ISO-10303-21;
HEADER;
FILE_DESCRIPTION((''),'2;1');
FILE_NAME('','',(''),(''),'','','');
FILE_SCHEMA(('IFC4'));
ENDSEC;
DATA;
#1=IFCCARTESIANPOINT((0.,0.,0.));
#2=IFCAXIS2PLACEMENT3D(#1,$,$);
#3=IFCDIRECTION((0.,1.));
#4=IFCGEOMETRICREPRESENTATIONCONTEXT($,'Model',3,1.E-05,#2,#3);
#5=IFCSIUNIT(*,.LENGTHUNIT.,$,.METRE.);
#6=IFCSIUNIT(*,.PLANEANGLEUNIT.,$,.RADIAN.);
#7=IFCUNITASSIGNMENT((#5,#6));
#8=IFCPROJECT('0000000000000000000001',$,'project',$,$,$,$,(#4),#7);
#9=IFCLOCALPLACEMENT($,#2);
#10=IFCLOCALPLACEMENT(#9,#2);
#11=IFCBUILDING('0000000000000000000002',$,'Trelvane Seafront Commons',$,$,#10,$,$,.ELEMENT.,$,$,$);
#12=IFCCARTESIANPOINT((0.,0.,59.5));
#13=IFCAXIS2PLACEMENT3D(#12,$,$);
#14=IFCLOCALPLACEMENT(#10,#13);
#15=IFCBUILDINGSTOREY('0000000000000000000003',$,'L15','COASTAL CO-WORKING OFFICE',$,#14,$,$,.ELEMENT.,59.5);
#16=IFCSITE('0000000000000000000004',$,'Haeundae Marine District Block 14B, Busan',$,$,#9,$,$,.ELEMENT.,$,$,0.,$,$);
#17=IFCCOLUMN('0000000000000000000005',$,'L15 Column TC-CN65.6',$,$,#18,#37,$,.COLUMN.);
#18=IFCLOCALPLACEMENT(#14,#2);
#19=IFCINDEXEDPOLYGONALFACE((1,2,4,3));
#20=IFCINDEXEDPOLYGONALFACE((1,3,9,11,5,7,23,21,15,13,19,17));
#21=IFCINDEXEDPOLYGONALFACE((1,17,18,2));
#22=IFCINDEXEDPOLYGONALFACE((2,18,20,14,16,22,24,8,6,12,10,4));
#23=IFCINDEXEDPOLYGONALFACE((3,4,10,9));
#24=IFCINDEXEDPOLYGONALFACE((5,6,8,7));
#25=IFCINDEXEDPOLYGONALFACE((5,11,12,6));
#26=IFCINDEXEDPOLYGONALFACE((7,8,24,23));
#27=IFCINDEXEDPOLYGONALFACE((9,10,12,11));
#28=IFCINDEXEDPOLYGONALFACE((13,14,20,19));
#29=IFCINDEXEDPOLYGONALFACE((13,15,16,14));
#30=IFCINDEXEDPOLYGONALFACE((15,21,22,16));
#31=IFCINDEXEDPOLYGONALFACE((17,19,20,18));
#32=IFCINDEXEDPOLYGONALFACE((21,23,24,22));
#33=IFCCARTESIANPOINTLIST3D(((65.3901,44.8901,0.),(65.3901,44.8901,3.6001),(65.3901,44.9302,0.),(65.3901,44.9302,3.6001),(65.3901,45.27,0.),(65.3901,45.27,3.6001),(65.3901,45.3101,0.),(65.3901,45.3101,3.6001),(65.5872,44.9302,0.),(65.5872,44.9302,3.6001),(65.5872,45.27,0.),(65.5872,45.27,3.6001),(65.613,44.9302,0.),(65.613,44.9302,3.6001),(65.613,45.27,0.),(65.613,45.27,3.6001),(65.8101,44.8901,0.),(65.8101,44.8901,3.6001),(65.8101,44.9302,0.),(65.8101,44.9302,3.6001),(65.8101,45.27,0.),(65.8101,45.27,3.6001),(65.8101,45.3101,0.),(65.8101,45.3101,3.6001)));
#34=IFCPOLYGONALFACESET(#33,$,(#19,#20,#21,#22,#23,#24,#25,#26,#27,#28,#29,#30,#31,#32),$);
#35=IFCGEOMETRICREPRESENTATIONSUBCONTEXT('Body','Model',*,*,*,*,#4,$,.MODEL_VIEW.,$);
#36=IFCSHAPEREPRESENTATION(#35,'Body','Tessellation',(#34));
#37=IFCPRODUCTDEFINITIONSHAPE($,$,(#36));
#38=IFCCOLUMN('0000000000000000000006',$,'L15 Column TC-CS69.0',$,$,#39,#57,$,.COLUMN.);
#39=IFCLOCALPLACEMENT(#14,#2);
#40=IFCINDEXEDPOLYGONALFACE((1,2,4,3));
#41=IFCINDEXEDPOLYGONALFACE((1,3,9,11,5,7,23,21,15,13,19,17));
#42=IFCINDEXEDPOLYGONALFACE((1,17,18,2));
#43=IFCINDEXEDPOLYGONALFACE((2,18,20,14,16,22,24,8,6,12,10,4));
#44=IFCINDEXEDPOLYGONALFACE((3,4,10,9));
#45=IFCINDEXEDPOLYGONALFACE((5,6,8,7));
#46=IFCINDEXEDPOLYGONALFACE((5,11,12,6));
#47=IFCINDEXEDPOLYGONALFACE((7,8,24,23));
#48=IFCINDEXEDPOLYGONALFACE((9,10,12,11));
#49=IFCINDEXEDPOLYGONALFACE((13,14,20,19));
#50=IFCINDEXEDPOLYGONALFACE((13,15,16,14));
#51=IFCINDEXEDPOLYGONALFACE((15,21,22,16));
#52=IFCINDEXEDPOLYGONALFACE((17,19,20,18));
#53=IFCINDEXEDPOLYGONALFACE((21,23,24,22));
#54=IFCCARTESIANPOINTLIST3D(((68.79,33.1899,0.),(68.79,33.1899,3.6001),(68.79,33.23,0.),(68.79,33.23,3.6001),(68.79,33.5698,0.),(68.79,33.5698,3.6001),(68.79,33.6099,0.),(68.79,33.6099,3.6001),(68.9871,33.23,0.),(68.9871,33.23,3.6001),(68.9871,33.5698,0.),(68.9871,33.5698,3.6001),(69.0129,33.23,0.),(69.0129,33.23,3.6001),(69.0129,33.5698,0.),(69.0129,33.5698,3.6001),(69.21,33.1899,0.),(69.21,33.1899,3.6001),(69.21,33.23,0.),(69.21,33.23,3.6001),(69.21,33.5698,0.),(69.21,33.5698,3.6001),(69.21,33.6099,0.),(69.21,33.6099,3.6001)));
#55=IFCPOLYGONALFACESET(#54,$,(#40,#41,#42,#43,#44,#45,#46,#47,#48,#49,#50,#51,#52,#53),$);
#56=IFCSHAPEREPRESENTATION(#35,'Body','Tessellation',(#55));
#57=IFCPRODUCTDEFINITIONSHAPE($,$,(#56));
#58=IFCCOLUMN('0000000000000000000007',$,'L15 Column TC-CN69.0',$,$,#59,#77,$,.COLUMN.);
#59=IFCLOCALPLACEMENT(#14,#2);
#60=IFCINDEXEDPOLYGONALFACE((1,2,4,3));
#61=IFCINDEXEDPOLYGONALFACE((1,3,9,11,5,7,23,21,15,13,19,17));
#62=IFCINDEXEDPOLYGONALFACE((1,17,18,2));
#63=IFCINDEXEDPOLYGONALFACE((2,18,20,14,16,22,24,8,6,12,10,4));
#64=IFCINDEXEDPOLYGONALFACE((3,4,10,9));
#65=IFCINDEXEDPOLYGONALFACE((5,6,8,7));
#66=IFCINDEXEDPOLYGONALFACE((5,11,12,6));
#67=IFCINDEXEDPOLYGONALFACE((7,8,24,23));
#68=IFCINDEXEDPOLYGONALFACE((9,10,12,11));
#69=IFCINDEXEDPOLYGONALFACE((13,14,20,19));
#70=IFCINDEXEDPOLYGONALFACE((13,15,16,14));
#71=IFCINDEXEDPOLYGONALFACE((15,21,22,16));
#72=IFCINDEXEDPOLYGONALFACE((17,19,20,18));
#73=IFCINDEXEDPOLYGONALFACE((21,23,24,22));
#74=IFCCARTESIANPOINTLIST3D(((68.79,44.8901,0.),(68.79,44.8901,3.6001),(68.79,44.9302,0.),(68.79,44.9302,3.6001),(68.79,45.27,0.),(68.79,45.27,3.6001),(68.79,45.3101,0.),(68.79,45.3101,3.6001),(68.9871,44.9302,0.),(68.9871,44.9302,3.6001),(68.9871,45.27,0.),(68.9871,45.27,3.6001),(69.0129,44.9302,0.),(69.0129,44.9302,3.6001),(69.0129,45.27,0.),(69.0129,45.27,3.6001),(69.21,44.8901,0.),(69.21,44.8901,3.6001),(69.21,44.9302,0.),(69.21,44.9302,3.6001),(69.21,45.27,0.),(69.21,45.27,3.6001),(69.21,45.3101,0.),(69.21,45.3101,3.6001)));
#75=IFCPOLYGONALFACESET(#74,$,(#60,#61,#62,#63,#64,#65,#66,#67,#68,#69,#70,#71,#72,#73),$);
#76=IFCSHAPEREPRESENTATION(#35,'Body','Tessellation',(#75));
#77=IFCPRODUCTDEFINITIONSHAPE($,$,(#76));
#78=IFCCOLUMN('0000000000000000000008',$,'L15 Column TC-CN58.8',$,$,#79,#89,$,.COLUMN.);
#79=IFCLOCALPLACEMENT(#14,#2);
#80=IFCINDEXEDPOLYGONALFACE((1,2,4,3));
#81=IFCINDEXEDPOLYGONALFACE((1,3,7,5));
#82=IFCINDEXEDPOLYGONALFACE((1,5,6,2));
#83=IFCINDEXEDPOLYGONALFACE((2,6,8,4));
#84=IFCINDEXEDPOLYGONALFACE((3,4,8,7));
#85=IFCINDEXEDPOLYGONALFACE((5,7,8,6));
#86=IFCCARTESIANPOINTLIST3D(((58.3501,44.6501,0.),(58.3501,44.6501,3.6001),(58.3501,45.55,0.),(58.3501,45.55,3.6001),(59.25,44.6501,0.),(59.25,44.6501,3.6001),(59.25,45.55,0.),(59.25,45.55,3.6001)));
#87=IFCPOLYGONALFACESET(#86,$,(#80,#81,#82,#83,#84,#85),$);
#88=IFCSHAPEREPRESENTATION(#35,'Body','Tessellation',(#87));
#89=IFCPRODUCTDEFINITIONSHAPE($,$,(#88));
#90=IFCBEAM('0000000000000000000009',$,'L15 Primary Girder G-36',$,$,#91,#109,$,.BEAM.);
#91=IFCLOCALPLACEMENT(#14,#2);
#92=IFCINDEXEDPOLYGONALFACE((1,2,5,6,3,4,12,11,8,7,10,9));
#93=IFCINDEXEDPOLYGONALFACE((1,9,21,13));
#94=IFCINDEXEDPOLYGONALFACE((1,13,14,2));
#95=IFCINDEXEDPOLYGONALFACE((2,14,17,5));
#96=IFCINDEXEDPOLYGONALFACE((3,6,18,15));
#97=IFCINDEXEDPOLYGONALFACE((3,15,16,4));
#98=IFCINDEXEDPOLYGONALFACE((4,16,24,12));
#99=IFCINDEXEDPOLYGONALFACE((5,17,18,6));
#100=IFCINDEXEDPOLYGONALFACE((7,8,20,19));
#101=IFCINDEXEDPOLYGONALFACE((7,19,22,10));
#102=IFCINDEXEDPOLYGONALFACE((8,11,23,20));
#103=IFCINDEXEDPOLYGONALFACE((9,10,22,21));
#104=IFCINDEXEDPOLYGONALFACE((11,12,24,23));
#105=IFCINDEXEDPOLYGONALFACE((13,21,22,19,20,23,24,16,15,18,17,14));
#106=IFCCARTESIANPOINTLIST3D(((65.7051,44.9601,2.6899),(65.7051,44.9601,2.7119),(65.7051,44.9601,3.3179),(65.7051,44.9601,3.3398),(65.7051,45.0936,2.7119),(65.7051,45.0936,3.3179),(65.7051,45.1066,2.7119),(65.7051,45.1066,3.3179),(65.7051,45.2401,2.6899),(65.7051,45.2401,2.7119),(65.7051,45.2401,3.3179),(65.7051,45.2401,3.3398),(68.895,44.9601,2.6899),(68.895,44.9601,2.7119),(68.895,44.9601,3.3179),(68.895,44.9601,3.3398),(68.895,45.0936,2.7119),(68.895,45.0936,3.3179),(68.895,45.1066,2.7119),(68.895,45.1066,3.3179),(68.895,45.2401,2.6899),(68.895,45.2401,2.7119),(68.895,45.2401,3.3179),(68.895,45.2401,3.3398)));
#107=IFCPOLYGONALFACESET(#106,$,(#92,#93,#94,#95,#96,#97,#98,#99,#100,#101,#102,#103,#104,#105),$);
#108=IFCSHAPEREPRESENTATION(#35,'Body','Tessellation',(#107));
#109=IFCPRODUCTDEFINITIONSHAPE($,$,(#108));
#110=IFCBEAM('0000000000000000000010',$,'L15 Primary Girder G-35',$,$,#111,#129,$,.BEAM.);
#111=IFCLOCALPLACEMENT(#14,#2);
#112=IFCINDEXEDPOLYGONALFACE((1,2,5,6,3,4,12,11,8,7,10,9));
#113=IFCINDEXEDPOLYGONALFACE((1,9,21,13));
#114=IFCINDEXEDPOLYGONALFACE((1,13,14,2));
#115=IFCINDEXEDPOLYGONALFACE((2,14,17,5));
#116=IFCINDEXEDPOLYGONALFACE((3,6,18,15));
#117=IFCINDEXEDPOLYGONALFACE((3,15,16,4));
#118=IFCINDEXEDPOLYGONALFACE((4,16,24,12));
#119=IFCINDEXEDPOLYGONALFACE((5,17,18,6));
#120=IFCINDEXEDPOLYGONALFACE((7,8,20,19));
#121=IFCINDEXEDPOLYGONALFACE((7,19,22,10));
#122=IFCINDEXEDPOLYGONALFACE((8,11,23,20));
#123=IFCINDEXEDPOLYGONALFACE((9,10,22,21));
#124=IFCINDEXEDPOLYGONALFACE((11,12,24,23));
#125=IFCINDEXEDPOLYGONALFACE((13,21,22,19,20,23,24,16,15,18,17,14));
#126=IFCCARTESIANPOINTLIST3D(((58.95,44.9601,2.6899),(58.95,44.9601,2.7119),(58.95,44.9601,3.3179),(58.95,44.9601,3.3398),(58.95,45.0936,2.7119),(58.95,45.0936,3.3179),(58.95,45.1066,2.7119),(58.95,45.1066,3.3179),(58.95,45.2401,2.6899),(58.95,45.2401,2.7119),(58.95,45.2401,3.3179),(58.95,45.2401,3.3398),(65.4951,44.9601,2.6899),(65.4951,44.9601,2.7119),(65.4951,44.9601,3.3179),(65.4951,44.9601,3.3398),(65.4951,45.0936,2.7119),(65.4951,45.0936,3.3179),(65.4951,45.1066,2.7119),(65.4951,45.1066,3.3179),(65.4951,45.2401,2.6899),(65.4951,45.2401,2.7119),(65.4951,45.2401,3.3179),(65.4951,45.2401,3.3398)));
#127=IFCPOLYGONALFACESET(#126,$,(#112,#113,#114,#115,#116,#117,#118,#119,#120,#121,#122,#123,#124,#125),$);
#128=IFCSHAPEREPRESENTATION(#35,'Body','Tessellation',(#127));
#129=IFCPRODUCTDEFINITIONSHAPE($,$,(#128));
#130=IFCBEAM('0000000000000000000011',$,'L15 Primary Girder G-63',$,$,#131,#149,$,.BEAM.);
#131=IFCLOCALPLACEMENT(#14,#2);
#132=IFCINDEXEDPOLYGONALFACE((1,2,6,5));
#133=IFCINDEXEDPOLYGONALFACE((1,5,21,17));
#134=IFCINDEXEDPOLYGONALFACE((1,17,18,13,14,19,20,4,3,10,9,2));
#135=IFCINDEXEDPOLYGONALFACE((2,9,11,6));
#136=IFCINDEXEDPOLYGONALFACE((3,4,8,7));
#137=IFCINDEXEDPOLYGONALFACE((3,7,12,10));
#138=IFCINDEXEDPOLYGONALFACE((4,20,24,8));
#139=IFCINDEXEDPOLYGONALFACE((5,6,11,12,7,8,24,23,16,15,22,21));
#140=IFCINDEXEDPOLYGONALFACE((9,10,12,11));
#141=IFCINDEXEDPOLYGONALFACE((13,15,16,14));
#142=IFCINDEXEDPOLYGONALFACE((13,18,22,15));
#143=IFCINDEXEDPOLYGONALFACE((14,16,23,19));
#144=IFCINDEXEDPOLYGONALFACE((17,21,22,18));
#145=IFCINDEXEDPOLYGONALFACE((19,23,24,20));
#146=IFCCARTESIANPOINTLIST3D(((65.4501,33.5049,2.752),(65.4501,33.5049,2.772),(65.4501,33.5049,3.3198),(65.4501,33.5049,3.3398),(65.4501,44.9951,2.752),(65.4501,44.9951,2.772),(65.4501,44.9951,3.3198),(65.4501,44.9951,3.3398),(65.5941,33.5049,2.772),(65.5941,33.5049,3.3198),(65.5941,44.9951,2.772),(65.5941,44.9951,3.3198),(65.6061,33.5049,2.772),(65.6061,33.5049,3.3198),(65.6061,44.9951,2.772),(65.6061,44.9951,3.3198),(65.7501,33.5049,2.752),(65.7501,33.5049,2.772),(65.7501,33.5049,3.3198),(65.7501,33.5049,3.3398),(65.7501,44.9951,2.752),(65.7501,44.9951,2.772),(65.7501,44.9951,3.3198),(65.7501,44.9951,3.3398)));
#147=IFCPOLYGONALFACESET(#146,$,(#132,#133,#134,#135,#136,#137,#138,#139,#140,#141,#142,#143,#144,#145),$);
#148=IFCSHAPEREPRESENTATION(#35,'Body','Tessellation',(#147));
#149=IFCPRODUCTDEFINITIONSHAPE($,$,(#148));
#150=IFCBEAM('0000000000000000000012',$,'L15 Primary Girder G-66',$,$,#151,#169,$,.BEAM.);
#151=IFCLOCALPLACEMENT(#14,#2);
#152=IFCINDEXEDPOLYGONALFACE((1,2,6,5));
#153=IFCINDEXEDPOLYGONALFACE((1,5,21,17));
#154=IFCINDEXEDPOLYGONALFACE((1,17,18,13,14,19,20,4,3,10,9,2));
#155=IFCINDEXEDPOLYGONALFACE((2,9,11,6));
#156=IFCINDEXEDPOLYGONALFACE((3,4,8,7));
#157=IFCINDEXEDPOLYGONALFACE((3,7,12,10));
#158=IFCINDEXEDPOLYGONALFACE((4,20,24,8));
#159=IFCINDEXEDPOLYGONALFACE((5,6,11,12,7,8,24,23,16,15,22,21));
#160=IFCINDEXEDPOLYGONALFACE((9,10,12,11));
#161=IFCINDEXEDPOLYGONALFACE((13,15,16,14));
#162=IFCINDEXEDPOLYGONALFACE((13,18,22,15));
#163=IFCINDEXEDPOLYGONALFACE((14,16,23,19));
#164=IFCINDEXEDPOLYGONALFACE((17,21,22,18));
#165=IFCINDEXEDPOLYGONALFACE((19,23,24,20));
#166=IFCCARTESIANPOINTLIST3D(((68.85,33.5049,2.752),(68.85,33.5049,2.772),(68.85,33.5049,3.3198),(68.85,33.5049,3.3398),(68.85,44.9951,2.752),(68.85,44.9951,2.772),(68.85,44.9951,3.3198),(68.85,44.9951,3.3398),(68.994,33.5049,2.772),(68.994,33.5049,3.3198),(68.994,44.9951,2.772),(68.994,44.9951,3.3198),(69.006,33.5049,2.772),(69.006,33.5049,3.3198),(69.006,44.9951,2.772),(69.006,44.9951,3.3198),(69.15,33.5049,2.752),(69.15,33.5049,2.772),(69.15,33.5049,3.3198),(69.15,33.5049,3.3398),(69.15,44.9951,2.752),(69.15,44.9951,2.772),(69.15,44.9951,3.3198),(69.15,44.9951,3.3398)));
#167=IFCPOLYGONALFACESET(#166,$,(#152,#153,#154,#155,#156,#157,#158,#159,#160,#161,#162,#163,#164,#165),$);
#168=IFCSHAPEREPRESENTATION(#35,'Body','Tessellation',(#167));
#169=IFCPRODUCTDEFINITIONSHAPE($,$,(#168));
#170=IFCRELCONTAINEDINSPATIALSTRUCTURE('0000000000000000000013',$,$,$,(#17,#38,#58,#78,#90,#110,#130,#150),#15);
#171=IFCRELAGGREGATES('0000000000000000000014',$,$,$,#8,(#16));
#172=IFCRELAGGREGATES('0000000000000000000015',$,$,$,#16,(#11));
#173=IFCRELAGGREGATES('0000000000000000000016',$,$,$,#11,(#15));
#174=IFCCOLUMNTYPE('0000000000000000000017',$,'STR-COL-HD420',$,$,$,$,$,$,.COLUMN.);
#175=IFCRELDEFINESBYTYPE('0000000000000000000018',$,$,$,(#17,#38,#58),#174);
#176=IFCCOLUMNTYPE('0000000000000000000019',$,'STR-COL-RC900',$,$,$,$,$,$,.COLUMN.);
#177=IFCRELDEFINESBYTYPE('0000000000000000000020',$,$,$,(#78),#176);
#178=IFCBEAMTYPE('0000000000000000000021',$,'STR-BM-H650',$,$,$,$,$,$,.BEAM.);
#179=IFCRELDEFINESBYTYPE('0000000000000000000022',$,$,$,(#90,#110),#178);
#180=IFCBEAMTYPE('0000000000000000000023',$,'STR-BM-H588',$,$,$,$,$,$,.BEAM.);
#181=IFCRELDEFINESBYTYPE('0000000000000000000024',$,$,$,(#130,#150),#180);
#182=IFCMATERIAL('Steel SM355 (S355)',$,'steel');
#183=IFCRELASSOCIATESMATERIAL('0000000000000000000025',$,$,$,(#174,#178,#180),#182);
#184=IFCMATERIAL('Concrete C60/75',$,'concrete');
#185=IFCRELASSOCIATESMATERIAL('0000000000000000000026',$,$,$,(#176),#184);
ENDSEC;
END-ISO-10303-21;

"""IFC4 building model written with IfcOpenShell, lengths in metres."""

from ifc_helpers import new_model, si_unit, direction, frame, origin, origin_2d, place, context, subcontext, project, spatial, rectangle, i_section, extrude, source, transform, mapped, material, material_profile, profile_set, type_object, element, save


model = new_model("IFC4")

# Units and contexts
model_context = context("Model", 3, precision=1e-05, world=origin(), true_north=direction((0.0, 1.0)))
body_context = subcontext(model_context, "Body", "Model", "MODEL_VIEW")
ifc_project = project(units=[si_unit("LENGTHUNIT", "METRE"), si_unit("PLANEANGLEUNIT", "RADIAN")], contexts=[model_context])

# Site, building, storey
site_placement = place(None, origin())
site = spatial("IfcSite", under=ifc_project, at=site_placement, Name="Haeundae Marine District Block 14B, Busan", CompositionType="ELEMENT", RefElevation=0.0)
building_placement = place(site_placement, origin())
building = spatial("IfcBuilding", under=site, at=building_placement, Name="Trelvane Seafront Commons", CompositionType="ELEMENT")
storey_placement = place(building_placement, frame((0.0, 0.0, 59.5)))
storey = spatial("IfcBuildingStorey", under=building, at=storey_placement, Name="L15", Description="COASTAL CO-WORKING OFFICE", CompositionType="ELEMENT", Elevation=59.5)

# Columns
ifc_material_1 = material(Name="Steel SM355 (S355)", Category="steel")
ifc_material_profile_1 = material_profile(ifc_material_1, i_section(OverallWidth=0.4199, OverallDepth=0.4199, WebThickness=0.0259, FlangeThickness=0.04, at=origin_2d()), Name="HD-420x420x26x40")
ifc_profile_set_1 = profile_set([ifc_material_profile_1], Name="Steel SM355 (S355)")
column_type_1 = type_object("IfcColumnType", Name="STR-COL-HD420", PredefinedType="COLUMN", material=ifc_profile_set_1)
shared_shape_1 = source(origin(), body_context, "Body", "SweptSolid", [
    extrude(i_section(OverallWidth=0.4199, OverallDepth=0.4199, WebThickness=0.0259, FlangeThickness=0.04, at=origin_2d()), origin(), (0.0, 0.0, 1.0), 3.6001),
])
for number, where, z_axis, x_axis, name in (
    (1, (65.6001, 45.1001, 0.0), (0.0, 0.0, 1.0), (1.0, 0.0, 0.0), "L15 Column TC-CN65.6"),
    (2, (69.0, 33.3999, 0.0), (0.0, 0.0, 1.0), (1.0, 0.0, 0.0), "L15 Column TC-CS69.0"),
    (3, (69.0, 45.1001, 0.0), (0.0, 0.0, 1.0), (1.0, 0.0, 0.0), "L15 Column TC-CN69.0"),
):
    element("IfcColumn", number, at=place(storey_placement, frame(where, z_axis=z_axis, x_axis=x_axis)), inside=storey, type_object=column_type_1, Name=name, PredefinedType="COLUMN", context=body_context, shape_type="MappedRepresentation", body=[
        mapped(shared_shape_1, transform((0.0, 0.0, 0.0), x_axis=(1.0, 0.0, 0.0), y_axis=(0.0, 1.0, 0.0), z_axis=(0.0, 0.0, 1.0), scale=1.0)),
    ])
ifc_material_2 = material(Name="Concrete C60/75", Category="concrete")
ifc_material_profile_2 = material_profile(ifc_material_2, rectangle(XDim=0.8999, YDim=0.8999, at=origin_2d()), Name="RC-900x900")
ifc_profile_set_2 = profile_set([ifc_material_profile_2], Name="Concrete C60/75")
column_type_2 = type_object("IfcColumnType", Name="STR-COL-RC900", PredefinedType="COLUMN", material=ifc_profile_set_2)
shared_shape_2 = source(origin(), body_context, "Body", "SweptSolid", [
    extrude(rectangle(XDim=0.8999, YDim=0.8999, at=origin_2d()), origin(), (0.0, 0.0, 1.0), 3.6001),
])
column_placement = place(storey_placement, frame((58.8, 45.1001, 0.0), z_axis=(0.0, 0.0, 1.0), x_axis=(1.0, 0.0, 0.0)))
element("IfcColumn", 4, at=column_placement, inside=storey, type_object=column_type_2, Name="L15 Column TC-CN58.8", PredefinedType="COLUMN", context=body_context, shape_type="MappedRepresentation", body=[
    mapped(shared_shape_2, transform((0.0, 0.0, 0.0), x_axis=(1.0, 0.0, 0.0), y_axis=(0.0, 1.0, 0.0), z_axis=(0.0, 0.0, 1.0), scale=1.0)),
])

# Beams
ifc_material_profile_3 = material_profile(ifc_material_1, i_section(OverallWidth=0.28, OverallDepth=0.6499, WebThickness=0.0129, FlangeThickness=0.022, at=origin_2d()), Name="H-650x280x13x22")
ifc_profile_set_3 = profile_set([ifc_material_profile_3], Name="Steel SM355 (S355)")
beam_type_1 = type_object("IfcBeamType", Name="STR-BM-H650", PredefinedType="BEAM", material=ifc_profile_set_3)
shared_shape_3 = source(origin(), body_context, "Body", "SweptSolid", [
    extrude(i_section(OverallWidth=0.28, OverallDepth=0.6499, WebThickness=0.0129, FlangeThickness=0.022, at=origin_2d()), origin(), (0.0, 0.0, 1.0), 3.1899),
])
beam_1_placement = place(storey_placement, frame((65.7051, 45.1001, 3.0149), z_axis=(1.0, 0.0, 0.0), x_axis=(0.0, 1.0, 0.0)))
element("IfcBeam", 5, at=beam_1_placement, inside=storey, type_object=beam_type_1, Name="L15 Primary Girder G-36", PredefinedType="BEAM", context=body_context, shape_type="MappedRepresentation", body=[
    mapped(shared_shape_3, transform((0.0, 0.0, 0.0), x_axis=(1.0, 0.0, 0.0), y_axis=(0.0, 1.0, 0.0), z_axis=(0.0, 0.0, 1.0), scale=1.0)),
])
shared_shape_4 = source(origin(), body_context, "Body", "SweptSolid", [
    extrude(i_section(OverallWidth=0.28, OverallDepth=0.6499, WebThickness=0.0129, FlangeThickness=0.022, at=origin_2d()), origin(), (0.0, 0.0, 1.0), 6.5452),
])
beam_2_placement = place(storey_placement, frame((58.95, 45.1001, 3.0149), z_axis=(1.0, 0.0, 0.0), x_axis=(0.0, 1.0, 0.0)))
element("IfcBeam", 6, at=beam_2_placement, inside=storey, type_object=beam_type_1, Name="L15 Primary Girder G-35", PredefinedType="BEAM", context=body_context, shape_type="MappedRepresentation", body=[
    mapped(shared_shape_4, transform((0.0, 0.0, 0.0), x_axis=(1.0, 0.0, 0.0), y_axis=(0.0, 1.0, 0.0), z_axis=(0.0, 0.0, 1.0), scale=1.0)),
])
ifc_material_profile_4 = material_profile(ifc_material_1, i_section(OverallWidth=0.3, OverallDepth=0.5879, WebThickness=0.012, FlangeThickness=0.02, at=origin_2d()), Name="H-588x300x12x20")
ifc_profile_set_4 = profile_set([ifc_material_profile_4], Name="Steel SM355 (S355)")
beam_type_2 = type_object("IfcBeamType", Name="STR-BM-H588", PredefinedType="BEAM", material=ifc_profile_set_4)
shared_shape_5 = source(origin(), body_context, "Body", "SweptSolid", [
    extrude(i_section(OverallWidth=0.3, OverallDepth=0.5879, WebThickness=0.012, FlangeThickness=0.02, at=origin_2d()), origin(), (0.0, 0.0, 1.0), 11.4902),
])
for number, where, z_axis, x_axis, name in (
    (7, (65.6001, 33.5049, 3.0459), (0.0, 1.0, 0.0), (-1.0, 0.0, 0.0), "L15 Primary Girder G-63"),
    (8, (69.0, 33.5049, 3.0459), (0.0, 1.0, 0.0), (-1.0, 0.0, 0.0), "L15 Primary Girder G-66"),
):
    element("IfcBeam", number, at=place(storey_placement, frame(where, z_axis=z_axis, x_axis=x_axis)), inside=storey, type_object=beam_type_2, Name=name, PredefinedType="BEAM", context=body_context, shape_type="MappedRepresentation", body=[
        mapped(shared_shape_5, transform((0.0, 0.0, 0.0), x_axis=(1.0, 0.0, 0.0), y_axis=(0.0, 1.0, 0.0), z_axis=(0.0, 0.0, 1.0), scale=1.0)),
    ])

save(model, "model.ifc")
